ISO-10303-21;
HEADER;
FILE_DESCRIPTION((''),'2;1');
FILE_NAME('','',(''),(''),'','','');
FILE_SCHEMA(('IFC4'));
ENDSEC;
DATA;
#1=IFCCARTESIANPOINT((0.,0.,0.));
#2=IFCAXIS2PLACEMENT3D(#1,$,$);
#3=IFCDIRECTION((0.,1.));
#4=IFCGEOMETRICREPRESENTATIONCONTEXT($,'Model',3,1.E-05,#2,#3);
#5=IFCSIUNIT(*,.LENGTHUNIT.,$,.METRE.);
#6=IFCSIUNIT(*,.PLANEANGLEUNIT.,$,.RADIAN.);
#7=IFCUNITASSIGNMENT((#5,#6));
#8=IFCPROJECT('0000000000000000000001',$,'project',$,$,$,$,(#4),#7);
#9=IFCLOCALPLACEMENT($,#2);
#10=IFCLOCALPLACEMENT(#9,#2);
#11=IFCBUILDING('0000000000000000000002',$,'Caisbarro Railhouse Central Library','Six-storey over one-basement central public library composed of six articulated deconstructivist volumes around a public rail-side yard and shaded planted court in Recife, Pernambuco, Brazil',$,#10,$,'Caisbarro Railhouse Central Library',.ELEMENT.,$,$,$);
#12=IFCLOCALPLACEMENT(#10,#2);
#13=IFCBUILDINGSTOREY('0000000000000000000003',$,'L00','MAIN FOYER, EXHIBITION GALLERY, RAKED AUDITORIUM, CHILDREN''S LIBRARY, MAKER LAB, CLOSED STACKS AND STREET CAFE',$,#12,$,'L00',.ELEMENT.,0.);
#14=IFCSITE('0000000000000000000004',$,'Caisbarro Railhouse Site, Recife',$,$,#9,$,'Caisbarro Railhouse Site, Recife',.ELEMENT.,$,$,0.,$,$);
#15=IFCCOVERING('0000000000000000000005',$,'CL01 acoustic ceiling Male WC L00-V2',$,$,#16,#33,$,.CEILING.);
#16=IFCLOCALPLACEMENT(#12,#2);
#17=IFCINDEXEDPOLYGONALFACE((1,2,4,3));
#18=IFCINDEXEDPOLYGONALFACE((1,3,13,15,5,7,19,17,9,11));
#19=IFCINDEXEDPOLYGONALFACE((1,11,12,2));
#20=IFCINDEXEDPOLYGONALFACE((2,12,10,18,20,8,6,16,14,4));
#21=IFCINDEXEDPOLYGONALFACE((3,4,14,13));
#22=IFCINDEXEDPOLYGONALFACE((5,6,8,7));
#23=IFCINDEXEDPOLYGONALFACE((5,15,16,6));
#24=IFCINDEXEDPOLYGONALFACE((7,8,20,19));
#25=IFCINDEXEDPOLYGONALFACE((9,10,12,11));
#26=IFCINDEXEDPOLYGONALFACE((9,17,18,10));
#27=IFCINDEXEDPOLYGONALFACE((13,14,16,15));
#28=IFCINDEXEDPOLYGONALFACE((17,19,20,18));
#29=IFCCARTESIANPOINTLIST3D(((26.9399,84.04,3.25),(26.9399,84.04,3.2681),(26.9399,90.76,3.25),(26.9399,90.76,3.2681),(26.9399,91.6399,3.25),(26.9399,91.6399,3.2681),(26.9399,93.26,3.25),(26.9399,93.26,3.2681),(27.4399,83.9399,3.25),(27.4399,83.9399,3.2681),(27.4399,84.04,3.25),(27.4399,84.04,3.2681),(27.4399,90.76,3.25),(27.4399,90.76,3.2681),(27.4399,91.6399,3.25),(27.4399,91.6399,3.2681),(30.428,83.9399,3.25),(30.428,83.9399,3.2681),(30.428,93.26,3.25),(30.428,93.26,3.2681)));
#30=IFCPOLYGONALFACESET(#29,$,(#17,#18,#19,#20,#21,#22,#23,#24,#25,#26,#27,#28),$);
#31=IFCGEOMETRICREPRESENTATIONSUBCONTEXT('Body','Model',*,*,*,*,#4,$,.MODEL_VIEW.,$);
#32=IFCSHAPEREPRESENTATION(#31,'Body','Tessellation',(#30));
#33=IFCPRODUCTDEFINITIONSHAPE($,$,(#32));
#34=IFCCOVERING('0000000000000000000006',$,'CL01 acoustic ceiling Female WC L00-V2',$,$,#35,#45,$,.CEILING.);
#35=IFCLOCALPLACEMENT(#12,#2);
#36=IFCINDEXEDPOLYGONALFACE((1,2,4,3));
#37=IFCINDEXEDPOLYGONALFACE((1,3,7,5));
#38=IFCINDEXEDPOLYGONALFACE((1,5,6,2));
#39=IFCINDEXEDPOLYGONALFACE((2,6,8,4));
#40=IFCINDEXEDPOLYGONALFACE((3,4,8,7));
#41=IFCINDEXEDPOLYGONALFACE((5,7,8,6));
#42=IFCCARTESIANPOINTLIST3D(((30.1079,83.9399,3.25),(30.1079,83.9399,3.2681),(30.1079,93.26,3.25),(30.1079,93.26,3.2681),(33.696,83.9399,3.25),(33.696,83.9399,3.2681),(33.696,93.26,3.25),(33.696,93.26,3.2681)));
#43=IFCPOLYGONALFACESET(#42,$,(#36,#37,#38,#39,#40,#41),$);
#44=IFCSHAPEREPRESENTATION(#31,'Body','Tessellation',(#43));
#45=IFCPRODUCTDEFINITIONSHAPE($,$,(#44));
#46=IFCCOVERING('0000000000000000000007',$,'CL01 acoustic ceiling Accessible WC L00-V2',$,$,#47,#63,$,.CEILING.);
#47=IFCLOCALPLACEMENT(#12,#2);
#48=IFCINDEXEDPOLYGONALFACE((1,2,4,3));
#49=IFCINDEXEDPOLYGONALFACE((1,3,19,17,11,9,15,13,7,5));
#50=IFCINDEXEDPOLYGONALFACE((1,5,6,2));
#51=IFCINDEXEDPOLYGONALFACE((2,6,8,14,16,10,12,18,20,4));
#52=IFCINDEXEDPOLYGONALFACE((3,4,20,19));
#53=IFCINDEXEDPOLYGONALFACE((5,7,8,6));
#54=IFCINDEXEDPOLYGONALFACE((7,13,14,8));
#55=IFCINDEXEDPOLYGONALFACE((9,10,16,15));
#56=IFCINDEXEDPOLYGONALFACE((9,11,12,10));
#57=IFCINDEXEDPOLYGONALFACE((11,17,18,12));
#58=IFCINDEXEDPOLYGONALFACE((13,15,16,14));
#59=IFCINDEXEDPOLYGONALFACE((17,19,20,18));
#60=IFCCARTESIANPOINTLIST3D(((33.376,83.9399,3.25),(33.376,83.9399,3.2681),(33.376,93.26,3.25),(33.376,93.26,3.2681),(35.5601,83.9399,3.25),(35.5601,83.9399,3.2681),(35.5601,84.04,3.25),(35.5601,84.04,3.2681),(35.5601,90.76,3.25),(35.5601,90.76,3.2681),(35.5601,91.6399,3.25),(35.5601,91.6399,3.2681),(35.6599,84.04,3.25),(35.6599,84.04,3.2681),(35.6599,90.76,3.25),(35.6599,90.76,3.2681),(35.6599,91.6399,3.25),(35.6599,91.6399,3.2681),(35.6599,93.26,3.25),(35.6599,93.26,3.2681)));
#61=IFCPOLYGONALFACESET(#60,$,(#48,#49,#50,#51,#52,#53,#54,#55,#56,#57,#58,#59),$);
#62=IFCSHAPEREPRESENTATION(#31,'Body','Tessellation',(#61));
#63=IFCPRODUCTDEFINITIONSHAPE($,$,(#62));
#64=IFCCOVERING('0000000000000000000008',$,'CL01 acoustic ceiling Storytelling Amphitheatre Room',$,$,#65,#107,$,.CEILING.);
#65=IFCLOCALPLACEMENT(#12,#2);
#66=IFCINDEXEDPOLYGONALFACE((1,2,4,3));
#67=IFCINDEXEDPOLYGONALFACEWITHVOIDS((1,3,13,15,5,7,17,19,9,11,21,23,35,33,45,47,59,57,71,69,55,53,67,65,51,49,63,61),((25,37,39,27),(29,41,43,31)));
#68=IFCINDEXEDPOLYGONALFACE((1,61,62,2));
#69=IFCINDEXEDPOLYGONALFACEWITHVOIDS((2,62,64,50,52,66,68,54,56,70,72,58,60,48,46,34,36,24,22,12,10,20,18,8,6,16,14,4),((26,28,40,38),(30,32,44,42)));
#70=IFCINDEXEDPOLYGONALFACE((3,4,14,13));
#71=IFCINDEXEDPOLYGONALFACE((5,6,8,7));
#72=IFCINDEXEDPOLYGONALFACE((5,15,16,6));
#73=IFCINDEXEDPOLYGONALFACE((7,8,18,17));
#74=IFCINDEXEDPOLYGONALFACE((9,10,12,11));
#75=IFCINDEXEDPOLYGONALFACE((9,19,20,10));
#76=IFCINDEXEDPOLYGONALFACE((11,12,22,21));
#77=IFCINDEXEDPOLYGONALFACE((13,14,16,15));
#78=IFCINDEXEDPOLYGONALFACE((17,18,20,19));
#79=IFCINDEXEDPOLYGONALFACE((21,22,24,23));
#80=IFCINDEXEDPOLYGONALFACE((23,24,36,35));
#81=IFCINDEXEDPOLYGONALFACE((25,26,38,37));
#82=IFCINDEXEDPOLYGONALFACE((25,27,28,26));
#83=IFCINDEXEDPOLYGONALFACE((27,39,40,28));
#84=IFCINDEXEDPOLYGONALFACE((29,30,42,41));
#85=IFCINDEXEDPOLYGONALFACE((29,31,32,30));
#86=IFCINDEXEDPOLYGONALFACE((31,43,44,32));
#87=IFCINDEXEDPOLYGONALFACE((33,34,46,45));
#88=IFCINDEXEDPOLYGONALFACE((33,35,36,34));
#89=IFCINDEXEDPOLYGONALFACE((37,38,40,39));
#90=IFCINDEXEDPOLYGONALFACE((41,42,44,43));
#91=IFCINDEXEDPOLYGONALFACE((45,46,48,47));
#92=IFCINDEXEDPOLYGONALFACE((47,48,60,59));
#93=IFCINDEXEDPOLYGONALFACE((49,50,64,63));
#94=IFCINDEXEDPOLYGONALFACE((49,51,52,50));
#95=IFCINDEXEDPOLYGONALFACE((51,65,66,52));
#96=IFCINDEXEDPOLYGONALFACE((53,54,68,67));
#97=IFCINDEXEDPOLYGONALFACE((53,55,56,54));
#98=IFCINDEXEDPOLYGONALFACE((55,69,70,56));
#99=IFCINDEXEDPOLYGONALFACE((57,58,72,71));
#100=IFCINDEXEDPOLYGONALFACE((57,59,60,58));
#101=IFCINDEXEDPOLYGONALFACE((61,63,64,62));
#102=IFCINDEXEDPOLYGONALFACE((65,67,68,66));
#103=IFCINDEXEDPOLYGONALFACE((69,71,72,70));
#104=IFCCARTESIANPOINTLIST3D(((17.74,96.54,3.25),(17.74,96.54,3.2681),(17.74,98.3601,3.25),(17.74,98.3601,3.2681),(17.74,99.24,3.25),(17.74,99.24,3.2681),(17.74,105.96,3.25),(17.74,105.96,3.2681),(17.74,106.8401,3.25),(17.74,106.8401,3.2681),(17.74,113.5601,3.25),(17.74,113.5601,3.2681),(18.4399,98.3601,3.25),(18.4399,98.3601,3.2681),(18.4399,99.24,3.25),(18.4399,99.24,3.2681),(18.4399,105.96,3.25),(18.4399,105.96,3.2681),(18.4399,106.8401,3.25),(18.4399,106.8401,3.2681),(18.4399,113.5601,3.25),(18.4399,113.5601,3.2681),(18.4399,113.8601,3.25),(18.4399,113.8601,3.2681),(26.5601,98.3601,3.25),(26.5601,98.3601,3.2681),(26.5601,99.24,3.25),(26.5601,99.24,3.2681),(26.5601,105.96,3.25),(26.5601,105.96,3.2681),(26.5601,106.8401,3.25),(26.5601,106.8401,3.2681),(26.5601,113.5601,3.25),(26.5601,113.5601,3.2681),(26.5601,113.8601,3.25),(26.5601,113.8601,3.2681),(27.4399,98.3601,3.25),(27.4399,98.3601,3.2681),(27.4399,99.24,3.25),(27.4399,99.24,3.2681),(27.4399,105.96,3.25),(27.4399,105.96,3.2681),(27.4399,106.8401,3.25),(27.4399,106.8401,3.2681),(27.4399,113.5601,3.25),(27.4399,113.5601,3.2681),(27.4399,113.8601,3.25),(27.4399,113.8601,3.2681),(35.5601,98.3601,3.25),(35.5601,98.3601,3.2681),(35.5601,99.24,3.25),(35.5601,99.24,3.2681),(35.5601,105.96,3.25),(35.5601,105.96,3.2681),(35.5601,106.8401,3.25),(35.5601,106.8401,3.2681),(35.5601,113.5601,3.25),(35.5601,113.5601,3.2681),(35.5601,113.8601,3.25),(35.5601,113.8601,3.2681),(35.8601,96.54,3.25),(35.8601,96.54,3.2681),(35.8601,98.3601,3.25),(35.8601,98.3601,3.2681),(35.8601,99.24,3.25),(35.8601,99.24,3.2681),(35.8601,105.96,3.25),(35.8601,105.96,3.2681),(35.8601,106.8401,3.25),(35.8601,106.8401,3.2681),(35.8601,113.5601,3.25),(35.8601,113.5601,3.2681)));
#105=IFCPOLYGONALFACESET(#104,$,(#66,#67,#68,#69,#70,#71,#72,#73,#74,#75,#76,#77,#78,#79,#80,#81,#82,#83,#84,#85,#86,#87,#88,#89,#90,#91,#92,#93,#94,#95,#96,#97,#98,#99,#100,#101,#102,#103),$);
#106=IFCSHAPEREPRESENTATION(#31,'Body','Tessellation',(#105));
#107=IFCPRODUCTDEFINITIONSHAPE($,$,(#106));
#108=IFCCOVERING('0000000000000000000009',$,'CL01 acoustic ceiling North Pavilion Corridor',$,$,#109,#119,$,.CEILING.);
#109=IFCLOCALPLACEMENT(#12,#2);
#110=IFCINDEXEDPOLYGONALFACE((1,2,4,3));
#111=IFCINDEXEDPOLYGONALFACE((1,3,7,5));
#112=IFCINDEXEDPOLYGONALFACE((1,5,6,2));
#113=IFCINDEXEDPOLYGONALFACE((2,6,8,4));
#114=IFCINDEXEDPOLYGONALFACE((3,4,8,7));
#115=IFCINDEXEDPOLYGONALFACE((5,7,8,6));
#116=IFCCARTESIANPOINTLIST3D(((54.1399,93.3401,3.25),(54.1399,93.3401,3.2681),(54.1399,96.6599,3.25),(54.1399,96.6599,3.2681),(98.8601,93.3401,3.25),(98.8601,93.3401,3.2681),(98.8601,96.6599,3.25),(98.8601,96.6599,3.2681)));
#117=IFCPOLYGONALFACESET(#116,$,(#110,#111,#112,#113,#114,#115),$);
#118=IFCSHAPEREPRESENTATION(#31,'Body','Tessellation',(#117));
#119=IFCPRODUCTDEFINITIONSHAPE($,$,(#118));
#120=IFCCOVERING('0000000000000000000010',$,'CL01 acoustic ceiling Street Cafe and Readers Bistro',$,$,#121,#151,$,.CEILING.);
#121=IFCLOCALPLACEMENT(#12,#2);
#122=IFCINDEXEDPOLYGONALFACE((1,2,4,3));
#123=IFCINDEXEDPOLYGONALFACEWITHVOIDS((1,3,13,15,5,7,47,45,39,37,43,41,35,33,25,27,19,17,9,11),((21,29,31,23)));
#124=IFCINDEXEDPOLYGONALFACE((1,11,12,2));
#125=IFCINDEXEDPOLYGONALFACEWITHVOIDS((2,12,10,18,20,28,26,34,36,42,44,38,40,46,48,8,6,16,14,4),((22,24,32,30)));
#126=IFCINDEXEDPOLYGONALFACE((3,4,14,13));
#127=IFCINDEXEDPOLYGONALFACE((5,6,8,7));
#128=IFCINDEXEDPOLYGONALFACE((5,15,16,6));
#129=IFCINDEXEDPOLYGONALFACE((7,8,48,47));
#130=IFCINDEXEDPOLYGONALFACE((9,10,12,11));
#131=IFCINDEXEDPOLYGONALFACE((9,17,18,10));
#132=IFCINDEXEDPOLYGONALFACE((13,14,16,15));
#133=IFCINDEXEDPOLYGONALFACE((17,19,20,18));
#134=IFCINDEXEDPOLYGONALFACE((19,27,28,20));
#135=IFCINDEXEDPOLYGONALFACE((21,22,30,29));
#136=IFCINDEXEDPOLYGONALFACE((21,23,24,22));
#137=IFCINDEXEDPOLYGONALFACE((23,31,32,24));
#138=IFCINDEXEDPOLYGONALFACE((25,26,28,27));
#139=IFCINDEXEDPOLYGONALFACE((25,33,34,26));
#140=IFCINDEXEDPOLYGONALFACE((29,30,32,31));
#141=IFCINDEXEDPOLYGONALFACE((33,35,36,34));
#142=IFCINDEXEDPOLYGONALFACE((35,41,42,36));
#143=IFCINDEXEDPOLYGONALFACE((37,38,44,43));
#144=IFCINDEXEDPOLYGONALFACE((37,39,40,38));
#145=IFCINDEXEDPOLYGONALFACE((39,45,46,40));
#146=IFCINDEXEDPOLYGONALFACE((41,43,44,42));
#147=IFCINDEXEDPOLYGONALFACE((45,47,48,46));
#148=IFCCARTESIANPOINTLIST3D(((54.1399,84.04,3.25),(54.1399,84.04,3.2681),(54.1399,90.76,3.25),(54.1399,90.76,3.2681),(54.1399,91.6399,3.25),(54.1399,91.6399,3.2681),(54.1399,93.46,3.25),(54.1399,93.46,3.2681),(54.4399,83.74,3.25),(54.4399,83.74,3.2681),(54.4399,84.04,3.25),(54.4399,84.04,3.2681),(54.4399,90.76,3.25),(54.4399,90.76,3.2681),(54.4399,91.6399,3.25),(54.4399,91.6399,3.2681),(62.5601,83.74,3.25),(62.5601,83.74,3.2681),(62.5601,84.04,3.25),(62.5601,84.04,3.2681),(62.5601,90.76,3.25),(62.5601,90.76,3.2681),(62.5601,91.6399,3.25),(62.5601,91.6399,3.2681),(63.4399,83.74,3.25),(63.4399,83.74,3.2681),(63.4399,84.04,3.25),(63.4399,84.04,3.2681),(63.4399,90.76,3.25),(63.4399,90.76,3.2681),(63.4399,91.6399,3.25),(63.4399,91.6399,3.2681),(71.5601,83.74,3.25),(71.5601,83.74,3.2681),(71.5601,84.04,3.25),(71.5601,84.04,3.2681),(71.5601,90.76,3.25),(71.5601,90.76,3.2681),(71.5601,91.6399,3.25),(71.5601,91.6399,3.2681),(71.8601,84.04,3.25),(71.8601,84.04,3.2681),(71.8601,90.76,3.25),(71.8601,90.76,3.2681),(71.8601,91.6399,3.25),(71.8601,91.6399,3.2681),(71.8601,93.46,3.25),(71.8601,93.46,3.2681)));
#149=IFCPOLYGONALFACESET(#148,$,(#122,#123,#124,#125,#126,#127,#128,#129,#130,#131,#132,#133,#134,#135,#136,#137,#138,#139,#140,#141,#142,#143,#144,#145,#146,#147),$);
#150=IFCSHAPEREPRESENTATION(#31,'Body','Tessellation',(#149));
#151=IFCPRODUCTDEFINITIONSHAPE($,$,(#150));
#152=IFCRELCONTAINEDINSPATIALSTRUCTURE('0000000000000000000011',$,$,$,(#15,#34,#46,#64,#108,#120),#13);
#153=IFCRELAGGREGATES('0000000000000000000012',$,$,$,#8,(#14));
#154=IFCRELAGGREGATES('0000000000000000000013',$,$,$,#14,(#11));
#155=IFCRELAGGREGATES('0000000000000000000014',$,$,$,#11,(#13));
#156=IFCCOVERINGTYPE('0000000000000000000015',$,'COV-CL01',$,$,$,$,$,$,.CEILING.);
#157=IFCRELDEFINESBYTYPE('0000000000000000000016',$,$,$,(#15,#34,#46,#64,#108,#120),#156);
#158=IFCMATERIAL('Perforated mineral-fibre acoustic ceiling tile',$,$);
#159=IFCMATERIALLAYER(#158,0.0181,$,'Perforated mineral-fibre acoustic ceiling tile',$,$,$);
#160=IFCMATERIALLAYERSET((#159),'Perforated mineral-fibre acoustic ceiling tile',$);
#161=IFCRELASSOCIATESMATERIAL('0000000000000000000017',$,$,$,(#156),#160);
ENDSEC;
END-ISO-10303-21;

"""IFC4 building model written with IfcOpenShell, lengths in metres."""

from ifc_helpers import new_model, si_unit, direction, frame, origin, place, context, subcontext, project, spatial, polyline, outline, extrude, material, layer, layer_set, type_object, element, save


model = new_model("IFC4")

# Units and contexts
model_context = context("Model", 3, precision=1e-05, world=origin(), true_north=direction((0.0, 1.0)))
body_context = subcontext(model_context, "Body", "Model", "MODEL_VIEW")
ifc_project = project(units=[si_unit("LENGTHUNIT", "METRE"), si_unit("PLANEANGLEUNIT", "RADIAN")], contexts=[model_context])

# Site, building, storey
site_placement = place(None, origin())
site = spatial("IfcSite", under=ifc_project, at=site_placement, Name="Caisbarro Railhouse Site, Recife", LongName="Caisbarro Railhouse Site, Recife", CompositionType="ELEMENT", RefElevation=0.0)
building_placement = place(site_placement, origin())
building = spatial("IfcBuilding", under=site, at=building_placement, Name="Caisbarro Railhouse Central Library", Description="Six-storey over one-basement central public library composed of six articulated deconstructivist volumes around a public rail-side yard and shaded planted court in Recife, Pernambuco, Brazil", LongName="Caisbarro Railhouse Central Library", CompositionType="ELEMENT")
storey_placement = place(building_placement, origin())
storey = spatial("IfcBuildingStorey", under=building, at=storey_placement, Name="L00", Description="MAIN FOYER, EXHIBITION GALLERY, RAKED AUDITORIUM, CHILDREN'S LIBRARY, MAKER LAB, CLOSED STACKS AND STREET CAFE", LongName="L00", CompositionType="ELEMENT", Elevation=0.0)

# Coverings
ifc_material_1 = material(Name="Perforated mineral-fibre acoustic ceiling tile")
ifc_layer_1 = layer(ifc_material_1, 0.0181, Name="Perforated mineral-fibre acoustic ceiling tile")
ifc_layer_set_1 = layer_set([ifc_layer_1], Name="Perforated mineral-fibre acoustic ceiling tile")
covering_type_1 = type_object("IfcCoveringType", Name="COV-CL01", PredefinedType="CEILING", material=ifc_layer_set_1)
covering_1_placement = place(storey_placement, frame((0.0, 0.0, 3.25)))
element("IfcCovering", 1, at=covering_1_placement, inside=storey, type_object=covering_type_1, Name="CL01 acoustic ceiling Male WC L00-V2", PredefinedType="CEILING", context=body_context, shape_type="SweptSolid", body=[
    extrude(outline(polyline([(30.428, 93.26), (30.428, 83.9399), (27.4399, 83.9399), (27.4399, 84.04), (26.9399, 84.04), (26.9399, 90.76), (27.4399, 90.76), (27.4399, 91.6399), (26.9399, 91.6399), (26.9399, 93.26), (30.428, 93.26)])), origin(), (0.0, 0.0, 1.0), 0.0181),
])
covering_2_placement = place(storey_placement, frame((0.0, 0.0, 3.25)))
element("IfcCovering", 2, at=covering_2_placement, inside=storey, type_object=covering_type_1, Name="CL01 acoustic ceiling Female WC L00-V2", PredefinedType="CEILING", context=body_context, shape_type="SweptSolid", body=[
    extrude(outline(polyline([(30.1079, 83.9399), (30.1079, 93.26), (33.696, 93.26), (33.696, 83.9399), (30.1079, 83.9399)])), origin(), (0.0, 0.0, 1.0), 0.0181),
])
covering_3_placement = place(storey_placement, frame((0.0, 0.0, 3.25)))
element("IfcCovering", 3, at=covering_3_placement, inside=storey, type_object=covering_type_1, Name="CL01 acoustic ceiling Accessible WC L00-V2", PredefinedType="CEILING", context=body_context, shape_type="SweptSolid", body=[
    extrude(outline(polyline([(35.6599, 93.26), (35.6599, 91.6399), (35.5601, 91.6399), (35.5601, 90.76), (35.6599, 90.76), (35.6599, 84.04), (35.5601, 84.04), (35.5601, 83.9399), (33.376, 83.9399), (33.376, 93.26), (35.6599, 93.26)])), origin(), (0.0, 0.0, 1.0), 0.0181),
])
covering_4_placement = place(storey_placement, frame((0.0, 0.0, 3.25)))
element("IfcCovering", 4, at=covering_4_placement, inside=storey, type_object=covering_type_1, Name="CL01 acoustic ceiling Storytelling Amphitheatre Room", PredefinedType="CEILING", context=body_context, shape_type="SweptSolid", body=[
    extrude(outline(polyline([(17.74, 113.5601), (18.4399, 113.5601), (18.4399, 113.8601), (26.5601, 113.8601), (26.5601, 113.5601), (27.4399, 113.5601), (27.4399, 113.8601), (35.5601, 113.8601), (35.5601, 113.5601), (35.8601, 113.5601), (35.8601, 106.8401), (35.5601, 106.8401), (35.5601, 105.96), (35.8601, 105.96), (35.8601, 99.24), (35.5601, 99.24), (35.5601, 98.3601), (35.8601, 98.3601), (35.8601, 96.54), (17.74, 96.54), (17.74, 98.3601), (18.4399, 98.3601), (18.4399, 99.24), (17.74, 99.24), (17.74, 105.96), (18.4399, 105.96), (18.4399, 106.8401), (17.74, 106.8401), (17.74, 113.5601)]), holes=[polyline([(26.5601, 99.24), (26.5601, 98.3601), (27.4399, 98.3601), (27.4399, 99.24), (26.5601, 99.24)]), polyline([(27.4399, 106.8401), (26.5601, 106.8401), (26.5601, 105.96), (27.4399, 105.96), (27.4399, 106.8401)])]), origin(), (0.0, 0.0, 1.0), 0.0181),
])
covering_5_placement = place(storey_placement, frame((0.0, 0.0, 3.25)))
element("IfcCovering", 5, at=covering_5_placement, inside=storey, type_object=covering_type_1, Name="CL01 acoustic ceiling North Pavilion Corridor", PredefinedType="CEILING", context=body_context, shape_type="SweptSolid", body=[
    extrude(outline(polyline([(54.1399, 93.3401), (54.1399, 96.6599), (98.8601, 96.6599), (98.8601, 93.3401), (54.1399, 93.3401)])), origin(), (0.0, 0.0, 1.0), 0.0181),
])
covering_6_placement = place(storey_placement, frame((0.0, 0.0, 3.25)))
element("IfcCovering", 6, at=covering_6_placement, inside=storey, type_object=covering_type_1, Name="CL01 acoustic ceiling Street Cafe and Readers Bistro", PredefinedType="CEILING", context=body_context, shape_type="SweptSolid", body=[
    extrude(outline(polyline([(62.5601, 84.04), (62.5601, 83.74), (54.4399, 83.74), (54.4399, 84.04), (54.1399, 84.04), (54.1399, 90.76), (54.4399, 90.76), (54.4399, 91.6399), (54.1399, 91.6399), (54.1399, 93.46), (71.8601, 93.46), (71.8601, 91.6399), (71.5601, 91.6399), (71.5601, 90.76), (71.8601, 90.76), (71.8601, 84.04), (71.5601, 84.04), (71.5601, 83.74), (63.4399, 83.74), (63.4399, 84.04), (62.5601, 84.04)]), holes=[polyline([(62.5601, 90.76), (63.4399, 90.76), (63.4399, 91.6399), (62.5601, 91.6399), (62.5601, 90.76)])]), origin(), (0.0, 0.0, 1.0), 0.0181),
])

save(model, "model.ifc")
